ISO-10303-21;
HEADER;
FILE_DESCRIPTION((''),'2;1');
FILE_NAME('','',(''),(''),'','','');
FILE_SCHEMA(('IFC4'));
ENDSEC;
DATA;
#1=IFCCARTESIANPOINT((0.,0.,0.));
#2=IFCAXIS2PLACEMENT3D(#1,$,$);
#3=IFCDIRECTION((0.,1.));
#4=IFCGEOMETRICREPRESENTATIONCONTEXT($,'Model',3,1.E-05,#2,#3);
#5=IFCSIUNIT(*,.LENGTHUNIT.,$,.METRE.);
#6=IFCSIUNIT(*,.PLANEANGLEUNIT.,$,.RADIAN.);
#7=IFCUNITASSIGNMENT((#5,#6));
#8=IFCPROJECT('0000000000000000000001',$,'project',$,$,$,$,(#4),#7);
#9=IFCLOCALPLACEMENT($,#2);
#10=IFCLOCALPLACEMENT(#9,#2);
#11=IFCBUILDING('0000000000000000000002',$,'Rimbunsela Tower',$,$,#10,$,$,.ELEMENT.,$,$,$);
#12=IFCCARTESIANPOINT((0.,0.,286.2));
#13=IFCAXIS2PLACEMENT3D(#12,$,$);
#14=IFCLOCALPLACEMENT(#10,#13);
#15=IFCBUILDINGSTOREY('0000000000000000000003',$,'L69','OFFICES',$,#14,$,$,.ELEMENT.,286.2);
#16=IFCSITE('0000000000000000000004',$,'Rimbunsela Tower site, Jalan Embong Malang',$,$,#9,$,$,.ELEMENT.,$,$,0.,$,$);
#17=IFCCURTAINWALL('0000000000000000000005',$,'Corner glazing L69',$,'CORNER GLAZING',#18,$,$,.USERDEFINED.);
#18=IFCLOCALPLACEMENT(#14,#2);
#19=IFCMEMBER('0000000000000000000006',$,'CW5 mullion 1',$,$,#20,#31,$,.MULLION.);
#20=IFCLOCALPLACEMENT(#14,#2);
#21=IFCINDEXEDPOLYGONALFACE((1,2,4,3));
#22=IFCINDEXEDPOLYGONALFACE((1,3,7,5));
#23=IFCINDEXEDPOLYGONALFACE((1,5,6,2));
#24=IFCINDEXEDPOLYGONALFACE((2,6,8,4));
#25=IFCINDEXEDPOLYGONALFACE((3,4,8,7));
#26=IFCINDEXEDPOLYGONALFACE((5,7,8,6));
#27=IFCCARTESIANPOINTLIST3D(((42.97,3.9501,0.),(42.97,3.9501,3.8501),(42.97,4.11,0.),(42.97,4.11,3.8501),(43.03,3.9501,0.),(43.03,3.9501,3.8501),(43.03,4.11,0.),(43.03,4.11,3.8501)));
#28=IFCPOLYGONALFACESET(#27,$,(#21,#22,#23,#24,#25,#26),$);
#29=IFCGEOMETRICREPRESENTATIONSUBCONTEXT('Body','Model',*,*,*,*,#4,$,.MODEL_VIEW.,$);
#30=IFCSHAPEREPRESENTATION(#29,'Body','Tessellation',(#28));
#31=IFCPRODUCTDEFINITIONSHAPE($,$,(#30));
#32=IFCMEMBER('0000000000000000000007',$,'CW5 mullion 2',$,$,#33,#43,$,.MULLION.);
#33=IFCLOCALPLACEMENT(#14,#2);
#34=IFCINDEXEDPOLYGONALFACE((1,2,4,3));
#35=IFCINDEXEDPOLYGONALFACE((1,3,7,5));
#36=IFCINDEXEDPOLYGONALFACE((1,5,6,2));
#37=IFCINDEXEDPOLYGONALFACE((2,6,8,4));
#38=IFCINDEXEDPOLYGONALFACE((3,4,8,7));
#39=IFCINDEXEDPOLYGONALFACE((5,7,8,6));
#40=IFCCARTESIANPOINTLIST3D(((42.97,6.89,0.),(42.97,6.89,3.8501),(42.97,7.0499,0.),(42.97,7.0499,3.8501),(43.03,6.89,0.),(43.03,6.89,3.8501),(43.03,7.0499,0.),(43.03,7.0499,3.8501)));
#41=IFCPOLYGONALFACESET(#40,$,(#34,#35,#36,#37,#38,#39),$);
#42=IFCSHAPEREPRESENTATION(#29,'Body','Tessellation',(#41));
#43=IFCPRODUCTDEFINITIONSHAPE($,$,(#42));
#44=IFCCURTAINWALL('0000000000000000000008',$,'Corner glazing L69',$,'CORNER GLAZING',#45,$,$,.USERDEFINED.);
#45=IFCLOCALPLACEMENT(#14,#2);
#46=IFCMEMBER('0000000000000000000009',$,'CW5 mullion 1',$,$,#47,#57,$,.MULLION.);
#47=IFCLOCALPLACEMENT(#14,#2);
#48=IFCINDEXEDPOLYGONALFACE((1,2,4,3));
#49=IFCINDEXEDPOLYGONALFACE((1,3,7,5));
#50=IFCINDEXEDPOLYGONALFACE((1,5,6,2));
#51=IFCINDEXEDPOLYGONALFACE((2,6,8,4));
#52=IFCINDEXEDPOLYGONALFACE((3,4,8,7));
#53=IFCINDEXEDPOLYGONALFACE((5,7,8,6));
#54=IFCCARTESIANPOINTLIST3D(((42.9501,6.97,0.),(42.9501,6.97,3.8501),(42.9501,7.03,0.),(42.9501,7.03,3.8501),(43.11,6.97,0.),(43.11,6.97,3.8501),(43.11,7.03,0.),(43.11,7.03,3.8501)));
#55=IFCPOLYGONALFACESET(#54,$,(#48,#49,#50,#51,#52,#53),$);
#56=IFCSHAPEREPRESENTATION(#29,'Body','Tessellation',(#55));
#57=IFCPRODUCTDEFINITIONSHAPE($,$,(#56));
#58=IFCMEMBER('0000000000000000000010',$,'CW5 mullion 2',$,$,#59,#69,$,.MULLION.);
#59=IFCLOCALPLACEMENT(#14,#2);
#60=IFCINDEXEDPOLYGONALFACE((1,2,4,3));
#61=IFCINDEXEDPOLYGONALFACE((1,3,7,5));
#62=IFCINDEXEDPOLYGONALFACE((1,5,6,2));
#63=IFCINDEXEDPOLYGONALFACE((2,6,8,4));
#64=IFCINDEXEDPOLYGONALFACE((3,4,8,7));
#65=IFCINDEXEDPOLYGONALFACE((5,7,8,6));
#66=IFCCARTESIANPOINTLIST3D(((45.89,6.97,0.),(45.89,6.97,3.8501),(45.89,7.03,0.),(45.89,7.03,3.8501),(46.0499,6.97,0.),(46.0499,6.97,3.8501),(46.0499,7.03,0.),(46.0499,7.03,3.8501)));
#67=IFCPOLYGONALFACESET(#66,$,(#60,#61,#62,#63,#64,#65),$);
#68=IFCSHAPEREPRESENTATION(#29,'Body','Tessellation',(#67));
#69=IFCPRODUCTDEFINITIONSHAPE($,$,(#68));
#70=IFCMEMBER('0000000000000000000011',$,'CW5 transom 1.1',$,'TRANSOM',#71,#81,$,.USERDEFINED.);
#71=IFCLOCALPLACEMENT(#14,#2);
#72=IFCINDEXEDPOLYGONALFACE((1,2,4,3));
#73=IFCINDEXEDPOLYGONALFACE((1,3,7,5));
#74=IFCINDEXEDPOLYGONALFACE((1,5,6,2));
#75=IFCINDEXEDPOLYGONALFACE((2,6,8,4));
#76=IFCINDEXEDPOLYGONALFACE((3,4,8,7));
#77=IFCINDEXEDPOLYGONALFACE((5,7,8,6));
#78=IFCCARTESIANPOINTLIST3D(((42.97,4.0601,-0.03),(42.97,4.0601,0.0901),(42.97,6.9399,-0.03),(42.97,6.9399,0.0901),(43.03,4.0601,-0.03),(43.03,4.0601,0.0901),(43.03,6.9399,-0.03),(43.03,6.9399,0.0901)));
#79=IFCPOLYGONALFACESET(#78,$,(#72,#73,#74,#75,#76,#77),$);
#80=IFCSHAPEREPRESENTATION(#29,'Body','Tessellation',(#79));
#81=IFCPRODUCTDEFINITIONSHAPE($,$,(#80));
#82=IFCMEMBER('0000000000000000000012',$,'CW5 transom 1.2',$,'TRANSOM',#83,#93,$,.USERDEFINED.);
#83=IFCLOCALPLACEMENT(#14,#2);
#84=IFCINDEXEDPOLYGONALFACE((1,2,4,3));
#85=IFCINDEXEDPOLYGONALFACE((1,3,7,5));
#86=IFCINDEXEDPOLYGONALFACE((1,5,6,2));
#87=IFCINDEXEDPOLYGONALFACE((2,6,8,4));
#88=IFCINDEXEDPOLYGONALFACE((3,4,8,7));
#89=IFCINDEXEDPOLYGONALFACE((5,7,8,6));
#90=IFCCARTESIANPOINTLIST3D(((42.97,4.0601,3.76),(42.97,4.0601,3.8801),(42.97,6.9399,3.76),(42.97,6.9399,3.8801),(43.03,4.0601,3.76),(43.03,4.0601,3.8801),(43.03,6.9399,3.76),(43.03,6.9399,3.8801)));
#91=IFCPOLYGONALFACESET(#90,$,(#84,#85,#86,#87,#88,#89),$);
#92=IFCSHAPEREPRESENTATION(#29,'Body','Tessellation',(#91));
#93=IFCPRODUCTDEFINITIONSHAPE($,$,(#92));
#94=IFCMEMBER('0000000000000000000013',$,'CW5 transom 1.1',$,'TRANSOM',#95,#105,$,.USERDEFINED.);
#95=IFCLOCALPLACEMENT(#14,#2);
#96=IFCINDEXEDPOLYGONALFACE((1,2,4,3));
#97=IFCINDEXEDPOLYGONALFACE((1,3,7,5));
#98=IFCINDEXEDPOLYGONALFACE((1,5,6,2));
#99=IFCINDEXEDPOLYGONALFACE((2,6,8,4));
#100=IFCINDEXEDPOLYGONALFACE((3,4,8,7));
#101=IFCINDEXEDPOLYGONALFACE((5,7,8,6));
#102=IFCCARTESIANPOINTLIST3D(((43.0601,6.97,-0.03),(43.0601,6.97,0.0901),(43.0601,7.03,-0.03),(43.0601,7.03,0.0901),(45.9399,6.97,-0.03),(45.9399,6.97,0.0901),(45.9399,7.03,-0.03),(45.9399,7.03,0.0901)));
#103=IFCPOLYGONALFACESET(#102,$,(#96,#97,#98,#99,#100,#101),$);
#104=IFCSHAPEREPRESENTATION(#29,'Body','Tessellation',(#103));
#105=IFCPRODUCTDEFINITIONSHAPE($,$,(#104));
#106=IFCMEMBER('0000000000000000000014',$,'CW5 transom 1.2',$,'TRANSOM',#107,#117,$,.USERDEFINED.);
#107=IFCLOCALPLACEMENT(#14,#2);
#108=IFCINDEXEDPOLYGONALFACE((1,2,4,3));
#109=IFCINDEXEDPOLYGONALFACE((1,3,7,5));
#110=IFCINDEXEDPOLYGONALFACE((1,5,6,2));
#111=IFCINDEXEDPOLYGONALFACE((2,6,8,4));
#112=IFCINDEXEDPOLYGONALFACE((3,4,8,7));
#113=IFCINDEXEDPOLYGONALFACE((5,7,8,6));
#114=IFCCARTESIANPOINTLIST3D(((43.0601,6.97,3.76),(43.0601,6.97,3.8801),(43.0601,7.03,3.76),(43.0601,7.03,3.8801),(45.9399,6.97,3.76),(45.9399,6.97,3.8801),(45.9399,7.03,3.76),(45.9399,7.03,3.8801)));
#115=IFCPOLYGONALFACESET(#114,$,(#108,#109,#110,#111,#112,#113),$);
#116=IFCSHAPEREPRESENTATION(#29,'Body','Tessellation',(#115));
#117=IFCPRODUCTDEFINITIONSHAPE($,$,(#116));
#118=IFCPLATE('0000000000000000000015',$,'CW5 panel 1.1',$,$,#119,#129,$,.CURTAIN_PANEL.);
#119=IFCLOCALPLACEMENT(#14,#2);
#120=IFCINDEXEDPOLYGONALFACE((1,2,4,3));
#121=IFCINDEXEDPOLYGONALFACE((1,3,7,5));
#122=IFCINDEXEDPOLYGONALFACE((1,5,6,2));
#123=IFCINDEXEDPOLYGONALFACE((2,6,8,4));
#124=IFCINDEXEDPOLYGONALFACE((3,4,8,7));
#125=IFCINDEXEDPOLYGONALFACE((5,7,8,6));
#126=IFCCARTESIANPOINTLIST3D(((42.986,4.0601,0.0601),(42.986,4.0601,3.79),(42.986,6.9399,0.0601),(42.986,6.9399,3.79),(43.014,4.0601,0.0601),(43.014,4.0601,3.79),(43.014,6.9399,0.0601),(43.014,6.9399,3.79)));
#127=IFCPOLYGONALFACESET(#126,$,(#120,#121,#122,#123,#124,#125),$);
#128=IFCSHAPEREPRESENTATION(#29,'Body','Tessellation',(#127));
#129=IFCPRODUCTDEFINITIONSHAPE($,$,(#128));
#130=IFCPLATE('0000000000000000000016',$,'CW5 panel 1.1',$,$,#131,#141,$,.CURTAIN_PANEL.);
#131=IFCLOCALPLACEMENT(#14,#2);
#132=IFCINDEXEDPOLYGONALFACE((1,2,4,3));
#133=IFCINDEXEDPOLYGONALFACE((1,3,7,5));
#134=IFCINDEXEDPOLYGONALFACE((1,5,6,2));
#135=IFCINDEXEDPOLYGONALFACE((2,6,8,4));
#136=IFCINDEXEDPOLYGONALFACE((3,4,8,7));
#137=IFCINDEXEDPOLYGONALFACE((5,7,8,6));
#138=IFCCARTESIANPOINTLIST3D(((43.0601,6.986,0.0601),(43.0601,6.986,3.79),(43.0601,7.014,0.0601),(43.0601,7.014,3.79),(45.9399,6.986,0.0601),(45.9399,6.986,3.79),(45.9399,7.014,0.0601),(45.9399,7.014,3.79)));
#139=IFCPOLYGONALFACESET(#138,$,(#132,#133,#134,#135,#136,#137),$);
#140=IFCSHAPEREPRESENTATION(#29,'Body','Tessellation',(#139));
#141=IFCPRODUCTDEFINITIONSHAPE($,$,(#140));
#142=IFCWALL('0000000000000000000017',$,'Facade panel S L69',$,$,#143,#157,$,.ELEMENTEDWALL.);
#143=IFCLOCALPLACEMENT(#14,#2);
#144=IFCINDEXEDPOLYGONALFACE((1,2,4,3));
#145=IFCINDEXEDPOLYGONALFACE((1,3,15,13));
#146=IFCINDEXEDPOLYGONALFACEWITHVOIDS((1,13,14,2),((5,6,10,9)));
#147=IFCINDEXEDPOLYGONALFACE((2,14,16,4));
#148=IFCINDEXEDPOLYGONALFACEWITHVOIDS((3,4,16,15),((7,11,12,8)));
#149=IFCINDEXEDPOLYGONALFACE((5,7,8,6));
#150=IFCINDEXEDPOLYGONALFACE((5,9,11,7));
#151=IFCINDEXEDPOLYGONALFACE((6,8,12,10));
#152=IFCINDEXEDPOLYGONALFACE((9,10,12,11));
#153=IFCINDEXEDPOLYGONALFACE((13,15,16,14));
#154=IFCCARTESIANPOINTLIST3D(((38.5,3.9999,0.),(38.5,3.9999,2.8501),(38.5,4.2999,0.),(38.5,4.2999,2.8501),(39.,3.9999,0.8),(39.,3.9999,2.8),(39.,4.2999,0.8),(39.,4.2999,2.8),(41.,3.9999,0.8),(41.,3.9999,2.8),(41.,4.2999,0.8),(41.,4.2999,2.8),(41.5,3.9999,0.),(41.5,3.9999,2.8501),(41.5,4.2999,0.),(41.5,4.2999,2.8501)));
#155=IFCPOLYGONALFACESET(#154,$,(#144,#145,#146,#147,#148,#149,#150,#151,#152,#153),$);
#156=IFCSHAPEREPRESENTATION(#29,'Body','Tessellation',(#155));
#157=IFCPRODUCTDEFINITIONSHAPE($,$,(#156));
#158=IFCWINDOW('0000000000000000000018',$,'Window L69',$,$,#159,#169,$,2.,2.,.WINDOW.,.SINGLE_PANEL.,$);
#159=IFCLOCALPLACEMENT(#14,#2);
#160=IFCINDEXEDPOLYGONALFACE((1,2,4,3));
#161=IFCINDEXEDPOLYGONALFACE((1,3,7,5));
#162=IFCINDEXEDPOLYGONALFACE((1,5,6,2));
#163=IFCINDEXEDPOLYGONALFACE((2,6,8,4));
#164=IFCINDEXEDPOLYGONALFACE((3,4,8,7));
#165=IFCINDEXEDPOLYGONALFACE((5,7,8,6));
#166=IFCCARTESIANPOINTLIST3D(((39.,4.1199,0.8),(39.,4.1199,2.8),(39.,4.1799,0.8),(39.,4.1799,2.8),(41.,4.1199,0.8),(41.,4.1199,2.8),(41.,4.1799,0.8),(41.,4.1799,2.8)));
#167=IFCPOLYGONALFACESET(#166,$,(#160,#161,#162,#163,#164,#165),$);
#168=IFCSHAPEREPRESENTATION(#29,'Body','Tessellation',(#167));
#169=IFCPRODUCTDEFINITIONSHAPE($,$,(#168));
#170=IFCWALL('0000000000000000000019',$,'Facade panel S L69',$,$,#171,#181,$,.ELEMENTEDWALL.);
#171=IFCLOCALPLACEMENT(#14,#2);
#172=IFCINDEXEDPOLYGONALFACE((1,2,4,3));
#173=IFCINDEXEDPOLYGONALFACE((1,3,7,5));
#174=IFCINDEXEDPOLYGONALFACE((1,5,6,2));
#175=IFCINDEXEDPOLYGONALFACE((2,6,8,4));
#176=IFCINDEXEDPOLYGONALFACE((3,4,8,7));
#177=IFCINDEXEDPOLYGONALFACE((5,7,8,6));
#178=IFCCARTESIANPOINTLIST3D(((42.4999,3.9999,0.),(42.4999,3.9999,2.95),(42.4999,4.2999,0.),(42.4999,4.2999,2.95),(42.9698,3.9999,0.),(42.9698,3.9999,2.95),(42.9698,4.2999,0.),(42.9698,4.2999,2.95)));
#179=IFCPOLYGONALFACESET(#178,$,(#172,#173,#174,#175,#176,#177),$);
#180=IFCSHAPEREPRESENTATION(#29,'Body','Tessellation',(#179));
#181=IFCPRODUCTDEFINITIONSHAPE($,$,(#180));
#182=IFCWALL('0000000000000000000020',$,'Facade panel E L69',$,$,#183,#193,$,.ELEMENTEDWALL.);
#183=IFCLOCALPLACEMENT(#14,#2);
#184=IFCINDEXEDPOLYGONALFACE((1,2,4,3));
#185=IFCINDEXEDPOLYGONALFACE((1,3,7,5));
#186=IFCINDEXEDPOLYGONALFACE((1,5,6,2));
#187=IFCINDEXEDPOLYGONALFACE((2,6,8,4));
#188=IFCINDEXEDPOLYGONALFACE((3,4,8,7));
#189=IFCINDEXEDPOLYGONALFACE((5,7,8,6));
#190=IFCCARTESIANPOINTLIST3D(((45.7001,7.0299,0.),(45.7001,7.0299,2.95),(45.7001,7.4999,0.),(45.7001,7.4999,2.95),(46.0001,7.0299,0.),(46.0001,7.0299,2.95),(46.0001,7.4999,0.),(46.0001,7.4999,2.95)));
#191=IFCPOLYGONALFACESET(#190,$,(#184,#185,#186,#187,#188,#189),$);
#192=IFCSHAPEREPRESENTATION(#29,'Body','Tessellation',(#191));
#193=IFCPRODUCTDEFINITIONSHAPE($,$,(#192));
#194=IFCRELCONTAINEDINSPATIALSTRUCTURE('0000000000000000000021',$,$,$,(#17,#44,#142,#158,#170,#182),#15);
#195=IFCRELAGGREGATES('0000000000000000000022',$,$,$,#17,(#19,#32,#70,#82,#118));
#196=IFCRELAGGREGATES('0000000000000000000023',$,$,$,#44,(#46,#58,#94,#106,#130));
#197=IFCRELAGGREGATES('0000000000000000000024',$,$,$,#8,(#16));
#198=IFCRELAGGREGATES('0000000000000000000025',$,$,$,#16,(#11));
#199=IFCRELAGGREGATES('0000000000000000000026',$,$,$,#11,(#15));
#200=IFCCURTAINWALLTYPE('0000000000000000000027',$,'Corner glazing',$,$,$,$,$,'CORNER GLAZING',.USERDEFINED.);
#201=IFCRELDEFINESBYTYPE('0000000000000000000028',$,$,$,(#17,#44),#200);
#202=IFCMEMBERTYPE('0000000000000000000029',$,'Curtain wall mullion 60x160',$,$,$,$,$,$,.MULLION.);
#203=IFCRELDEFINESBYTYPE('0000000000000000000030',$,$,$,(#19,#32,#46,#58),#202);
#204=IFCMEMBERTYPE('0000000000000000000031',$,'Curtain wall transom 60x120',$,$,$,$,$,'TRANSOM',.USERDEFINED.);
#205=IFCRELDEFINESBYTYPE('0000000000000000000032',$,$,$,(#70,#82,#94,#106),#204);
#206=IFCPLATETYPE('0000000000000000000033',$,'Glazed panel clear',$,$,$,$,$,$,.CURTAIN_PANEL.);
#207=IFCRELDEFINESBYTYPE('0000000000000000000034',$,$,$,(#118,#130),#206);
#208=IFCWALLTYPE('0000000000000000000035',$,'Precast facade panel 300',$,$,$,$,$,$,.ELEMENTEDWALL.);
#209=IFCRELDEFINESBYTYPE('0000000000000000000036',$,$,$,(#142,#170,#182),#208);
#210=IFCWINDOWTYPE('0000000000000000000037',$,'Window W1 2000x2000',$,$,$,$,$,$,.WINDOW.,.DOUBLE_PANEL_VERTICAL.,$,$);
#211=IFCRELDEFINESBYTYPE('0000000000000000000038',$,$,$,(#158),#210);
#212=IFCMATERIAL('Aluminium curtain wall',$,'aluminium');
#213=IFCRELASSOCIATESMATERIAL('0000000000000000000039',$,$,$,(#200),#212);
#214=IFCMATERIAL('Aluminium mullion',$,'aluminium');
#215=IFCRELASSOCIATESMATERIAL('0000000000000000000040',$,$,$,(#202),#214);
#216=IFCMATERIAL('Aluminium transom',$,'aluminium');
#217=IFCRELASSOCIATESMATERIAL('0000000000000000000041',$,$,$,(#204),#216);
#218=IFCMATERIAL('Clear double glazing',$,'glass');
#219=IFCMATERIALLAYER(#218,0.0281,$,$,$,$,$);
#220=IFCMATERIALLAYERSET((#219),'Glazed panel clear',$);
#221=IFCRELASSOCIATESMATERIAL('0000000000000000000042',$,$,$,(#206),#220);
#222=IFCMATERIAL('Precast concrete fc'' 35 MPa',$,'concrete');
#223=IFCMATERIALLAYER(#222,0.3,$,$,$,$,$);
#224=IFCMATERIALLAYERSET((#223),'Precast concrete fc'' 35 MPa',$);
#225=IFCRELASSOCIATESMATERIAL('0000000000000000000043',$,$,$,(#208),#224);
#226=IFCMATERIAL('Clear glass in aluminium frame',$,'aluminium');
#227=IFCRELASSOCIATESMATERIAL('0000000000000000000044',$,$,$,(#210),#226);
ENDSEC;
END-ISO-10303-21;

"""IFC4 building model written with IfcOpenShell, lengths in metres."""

from ifc_helpers import new_model, si_unit, direction, frame, frame_2d, origin, origin_2d, place, context, subcontext, project, spatial, rectangle, extrude, material, layer, layer_set, material_profile, profile_set, type_object, element, fill, aggregate, save


model = new_model("IFC4")

# Units and contexts
model_context = context("Model", 3, precision=1e-05, world=origin(), true_north=direction((0.0, 1.0)))
body_context = subcontext(model_context, "Body", "Model", "MODEL_VIEW")
ifc_project = project(units=[si_unit("LENGTHUNIT", "METRE"), si_unit("PLANEANGLEUNIT", "RADIAN")], contexts=[model_context])

# Site, building, storey
site_placement = place(None, origin())
site = spatial("IfcSite", under=ifc_project, at=site_placement, Name="Rimbunsela Tower site, Jalan Embong Malang", CompositionType="ELEMENT", RefElevation=0.0)
building_placement = place(site_placement, origin())
building = spatial("IfcBuilding", under=site, at=building_placement, Name="Rimbunsela Tower", CompositionType="ELEMENT")
storey_placement = place(building_placement, frame((0.0, 0.0, 286.2)))
storey = spatial("IfcBuildingStorey", under=building, at=storey_placement, Name="L69", Description="OFFICES", CompositionType="ELEMENT", Elevation=286.2)

# Curtain walls, members
ifc_material_1 = material(Name="Aluminium curtain wall", Category="aluminium")
curtain_wall_type = type_object("IfcCurtainWallType", Name="Corner glazing", ElementType="CORNER GLAZING", PredefinedType="USERDEFINED", material=ifc_material_1)
curtain_wall_1_placement = place(storey_placement, origin())
curtain_wall_1 = element("IfcCurtainWall", 1, at=curtain_wall_1_placement, inside=storey, type_object=curtain_wall_type, Name="Corner glazing L69", ObjectType="CORNER GLAZING", PredefinedType="USERDEFINED")
ifc_material_2 = material(Name="Aluminium mullion", Category="aluminium")
ifc_material_profile_1 = material_profile(ifc_material_2, rectangle(XDim=0.0601, YDim=0.1599, at=origin_2d()), Name="Mullion 60x160")
ifc_profile_set_1 = profile_set([ifc_material_profile_1], Name="Aluminium mullion")
member_type_1 = type_object("IfcMemberType", Name="Curtain wall mullion 60x160", PredefinedType="MULLION", material=ifc_profile_set_1)
member_1_placement = place(storey_placement, frame((43.0, 4.03, 0.0), z_axis=(0.0, 0.0, 1.0), x_axis=(-1.0, 0.0, 0.0)))
member_1 = element("IfcMember", 2, at=member_1_placement, type_object=member_type_1, Name="CW5 mullion 1", PredefinedType="MULLION", context=body_context, shape_type="SweptSolid", body=[
    extrude(rectangle(XDim=0.0601, YDim=0.1599, at=origin_2d()), origin(), (0.0, 0.0, 1.0), 3.8501),
])
member_2_placement = place(storey_placement, frame((43.0, 6.97, 0.0), z_axis=(0.0, 0.0, 1.0), x_axis=(-1.0, 0.0, 0.0)))
member_2 = element("IfcMember", 3, at=member_2_placement, type_object=member_type_1, Name="CW5 mullion 2", PredefinedType="MULLION", context=body_context, shape_type="SweptSolid", body=[
    extrude(rectangle(XDim=0.0601, YDim=0.1599, at=origin_2d()), origin(), (0.0, 0.0, 1.0), 3.8501),
])
curtain_wall_2_placement = place(storey_placement, origin())
curtain_wall_2 = element("IfcCurtainWall", 4, at=curtain_wall_2_placement, inside=storey, type_object=curtain_wall_type, Name="Corner glazing L69", ObjectType="CORNER GLAZING", PredefinedType="USERDEFINED")
member_3_placement = place(storey_placement, frame((43.03, 7.0, 0.0), z_axis=(0.0, 0.0, 1.0), x_axis=(0.0, 1.0, 0.0)))
member_3 = element("IfcMember", 5, at=member_3_placement, type_object=member_type_1, Name="CW5 mullion 1", PredefinedType="MULLION", context=body_context, shape_type="SweptSolid", body=[
    extrude(rectangle(XDim=0.0601, YDim=0.1599, at=origin_2d()), origin(), (0.0, 0.0, 1.0), 3.8501),
])
member_4_placement = place(storey_placement, frame((45.97, 7.0, 0.0), z_axis=(0.0, 0.0, 1.0), x_axis=(0.0, 1.0, 0.0)))
member_4 = element("IfcMember", 6, at=member_4_placement, type_object=member_type_1, Name="CW5 mullion 2", PredefinedType="MULLION", context=body_context, shape_type="SweptSolid", body=[
    extrude(rectangle(XDim=0.0601, YDim=0.1599, at=origin_2d()), origin(), (0.0, 0.0, 1.0), 3.8501),
])

# Members
ifc_material_3 = material(Name="Aluminium transom", Category="aluminium")
ifc_material_profile_2 = material_profile(ifc_material_3, rectangle(XDim=0.0601, YDim=0.1201, at=origin_2d()), Name="Transom 60x120")
ifc_profile_set_2 = profile_set([ifc_material_profile_2], Name="Aluminium transom")
member_type_2 = type_object("IfcMemberType", Name="Curtain wall transom 60x120", ElementType="TRANSOM", PredefinedType="USERDEFINED", material=ifc_profile_set_2)
member_5_placement = place(storey_placement, frame((43.0, 4.0601, 0.03), z_axis=(0.0, 1.0, 0.0), x_axis=(-1.0, 0.0, 0.0)))
member_5 = element("IfcMember", 7, at=member_5_placement, type_object=member_type_2, Name="CW5 transom 1.1", ObjectType="TRANSOM", PredefinedType="USERDEFINED", context=body_context, shape_type="SweptSolid", body=[
    extrude(rectangle(XDim=0.0601, YDim=0.1201, at=origin_2d()), origin(), (0.0, 0.0, 1.0), 2.8799),
])
member_6_placement = place(storey_placement, frame((43.0, 4.0601, 3.8201), z_axis=(0.0, 1.0, 0.0), x_axis=(-1.0, 0.0, 0.0)))
member_6 = element("IfcMember", 8, at=member_6_placement, type_object=member_type_2, Name="CW5 transom 1.2", ObjectType="TRANSOM", PredefinedType="USERDEFINED", context=body_context, shape_type="SweptSolid", body=[
    extrude(rectangle(XDim=0.0601, YDim=0.1201, at=origin_2d()), origin(), (0.0, 0.0, 1.0), 2.8799),
])
member_7_placement = place(storey_placement, frame((43.0601, 7.0, 0.03), z_axis=(1.0, 0.0, 0.0), x_axis=(0.0, 1.0, 0.0)))
member_7 = element("IfcMember", 9, at=member_7_placement, type_object=member_type_2, Name="CW5 transom 1.1", ObjectType="TRANSOM", PredefinedType="USERDEFINED", context=body_context, shape_type="SweptSolid", body=[
    extrude(rectangle(XDim=0.0601, YDim=0.1201, at=origin_2d()), origin(), (0.0, 0.0, 1.0), 2.8799),
])
member_8_placement = place(storey_placement, frame((43.0601, 7.0, 3.8201), z_axis=(1.0, 0.0, 0.0), x_axis=(0.0, 1.0, 0.0)))
member_8 = element("IfcMember", 10, at=member_8_placement, type_object=member_type_2, Name="CW5 transom 1.2", ObjectType="TRANSOM", PredefinedType="USERDEFINED", context=body_context, shape_type="SweptSolid", body=[
    extrude(rectangle(XDim=0.0601, YDim=0.1201, at=origin_2d()), origin(), (0.0, 0.0, 1.0), 2.8799),
])

# Plates
ifc_material_4 = material(Name="Clear double glazing", Category="glass")
ifc_layer_1 = layer(ifc_material_4, 0.0281)
ifc_layer_set_1 = layer_set([ifc_layer_1], Name="Glazed panel clear")
plate_type = type_object("IfcPlateType", Name="Glazed panel clear", PredefinedType="CURTAIN_PANEL", material=ifc_layer_set_1)
plate_1_placement = place(storey_placement, frame((43.0, 5.5, 0.0601), z_axis=(0.0, 0.0, 1.0), x_axis=(0.0, 1.0, 0.0)))
plate_1 = element("IfcPlate", 11, at=plate_1_placement, type_object=plate_type, Name="CW5 panel 1.1", PredefinedType="CURTAIN_PANEL", context=body_context, shape_type="SweptSolid", body=[
    extrude(rectangle(XDim=2.8799, YDim=0.0281, at=origin_2d()), origin(), (0.0, 0.0, 1.0), 3.73),
])
aggregate(curtain_wall_1, [member_1, member_2, member_5, member_6, plate_1])
plate_2_placement = place(storey_placement, frame((44.5, 7.0, 0.0601), z_axis=(0.0, 0.0, 1.0), x_axis=(1.0, 0.0, 0.0)))
plate_2 = element("IfcPlate", 12, at=plate_2_placement, type_object=plate_type, Name="CW5 panel 1.1", PredefinedType="CURTAIN_PANEL", context=body_context, shape_type="SweptSolid", body=[
    extrude(rectangle(XDim=2.8799, YDim=0.0281, at=origin_2d()), origin(), (0.0, 0.0, 1.0), 3.73),
])
aggregate(curtain_wall_2, [member_3, member_4, member_7, member_8, plate_2])

# Wall, opening, window
ifc_material_5 = material(Name="Precast concrete fc' 35 MPa", Category="concrete")
ifc_layer_2 = layer(ifc_material_5, 0.3)
ifc_layer_set_2 = layer_set([ifc_layer_2], Name="Precast concrete fc' 35 MPa")
wall_type = type_object("IfcWallType", Name="Precast facade panel 300", PredefinedType="ELEMENTEDWALL", material=ifc_layer_set_2)
wall_placement = place(storey_placement, frame((38.5, 4.1499, 0.0), z_axis=(0.0, 0.0, 1.0), x_axis=(1.0, 0.0, 0.0)))
wall = element("IfcWall", 13, at=wall_placement, inside=storey, type_object=wall_type, Name="Facade panel S L69", PredefinedType="ELEMENTEDWALL", context=body_context, shape_type="SweptSolid", body=[
    extrude(rectangle(XDim=3.0, YDim=0.3, at=frame_2d((1.5, 0.0))), origin(), (0.0, 0.0, 1.0), 2.8501),
])
opening_placement = place(wall_placement, frame((0.5, 0.0, 0.8)))
opening = element("IfcOpeningElement", 14, at=opening_placement, cuts=wall, PredefinedType="OPENING", context=body_context, shape_type="SweptSolid", body=[
    extrude(rectangle(XDim=2.0, YDim=2.0, at=frame_2d((1.0, 1.0))), frame((0.0, 0.1599, 0.0), z_axis=(0.0, -1.0, 0.0), x_axis=(1.0, 0.0, 0.0)), (0.0, 0.0, 1.0), 0.3201),
])
ifc_material_6 = material(Name="Clear glass in aluminium frame", Category="aluminium")
window_type = type_object("IfcWindowType", Name="Window W1 2000x2000", PartitioningType="DOUBLE_PANEL_VERTICAL", PredefinedType="WINDOW", material=ifc_material_6)
window_placement = place(opening_placement, origin())
window = element("IfcWindow", 15, at=window_placement, inside=storey, type_object=window_type, Name="Window L69", OverallHeight=2.0, OverallWidth=2.0, PartitioningType="SINGLE_PANEL", PredefinedType="WINDOW", context=body_context, shape_type="SweptSolid", body=[
    extrude(rectangle(XDim=2.0, YDim=2.0, at=frame_2d((1.0, 1.0))), frame((0.0, 0.03, 0.0), z_axis=(0.0, -1.0, 0.0), x_axis=(1.0, 0.0, 0.0)), (0.0, 0.0, 1.0), 0.0601),
])
fill(opening, window)

# Walls
for number, where, z_axis, x_axis, name in (
    (16, (42.5, 4.1499, 0.0), (0.0, 0.0, 1.0), (1.0, 0.0, 0.0), "Facade panel S L69"),
    (17, (45.8501, 7.03, 0.0), (0.0, 0.0, 1.0), (0.0, 1.0, 0.0), "Facade panel E L69"),
):
    element("IfcWall", number, at=place(storey_placement, frame(where, z_axis=z_axis, x_axis=x_axis)), inside=storey, type_object=wall_type, Name=name, PredefinedType="ELEMENTEDWALL", context=body_context, shape_type="SweptSolid", body=[
        extrude(rectangle(XDim=0.47, YDim=0.3, at=frame_2d((0.2349, 0.0))), origin(), (0.0, 0.0, 1.0), 2.95),
    ])

save(model, "model.ifc")
